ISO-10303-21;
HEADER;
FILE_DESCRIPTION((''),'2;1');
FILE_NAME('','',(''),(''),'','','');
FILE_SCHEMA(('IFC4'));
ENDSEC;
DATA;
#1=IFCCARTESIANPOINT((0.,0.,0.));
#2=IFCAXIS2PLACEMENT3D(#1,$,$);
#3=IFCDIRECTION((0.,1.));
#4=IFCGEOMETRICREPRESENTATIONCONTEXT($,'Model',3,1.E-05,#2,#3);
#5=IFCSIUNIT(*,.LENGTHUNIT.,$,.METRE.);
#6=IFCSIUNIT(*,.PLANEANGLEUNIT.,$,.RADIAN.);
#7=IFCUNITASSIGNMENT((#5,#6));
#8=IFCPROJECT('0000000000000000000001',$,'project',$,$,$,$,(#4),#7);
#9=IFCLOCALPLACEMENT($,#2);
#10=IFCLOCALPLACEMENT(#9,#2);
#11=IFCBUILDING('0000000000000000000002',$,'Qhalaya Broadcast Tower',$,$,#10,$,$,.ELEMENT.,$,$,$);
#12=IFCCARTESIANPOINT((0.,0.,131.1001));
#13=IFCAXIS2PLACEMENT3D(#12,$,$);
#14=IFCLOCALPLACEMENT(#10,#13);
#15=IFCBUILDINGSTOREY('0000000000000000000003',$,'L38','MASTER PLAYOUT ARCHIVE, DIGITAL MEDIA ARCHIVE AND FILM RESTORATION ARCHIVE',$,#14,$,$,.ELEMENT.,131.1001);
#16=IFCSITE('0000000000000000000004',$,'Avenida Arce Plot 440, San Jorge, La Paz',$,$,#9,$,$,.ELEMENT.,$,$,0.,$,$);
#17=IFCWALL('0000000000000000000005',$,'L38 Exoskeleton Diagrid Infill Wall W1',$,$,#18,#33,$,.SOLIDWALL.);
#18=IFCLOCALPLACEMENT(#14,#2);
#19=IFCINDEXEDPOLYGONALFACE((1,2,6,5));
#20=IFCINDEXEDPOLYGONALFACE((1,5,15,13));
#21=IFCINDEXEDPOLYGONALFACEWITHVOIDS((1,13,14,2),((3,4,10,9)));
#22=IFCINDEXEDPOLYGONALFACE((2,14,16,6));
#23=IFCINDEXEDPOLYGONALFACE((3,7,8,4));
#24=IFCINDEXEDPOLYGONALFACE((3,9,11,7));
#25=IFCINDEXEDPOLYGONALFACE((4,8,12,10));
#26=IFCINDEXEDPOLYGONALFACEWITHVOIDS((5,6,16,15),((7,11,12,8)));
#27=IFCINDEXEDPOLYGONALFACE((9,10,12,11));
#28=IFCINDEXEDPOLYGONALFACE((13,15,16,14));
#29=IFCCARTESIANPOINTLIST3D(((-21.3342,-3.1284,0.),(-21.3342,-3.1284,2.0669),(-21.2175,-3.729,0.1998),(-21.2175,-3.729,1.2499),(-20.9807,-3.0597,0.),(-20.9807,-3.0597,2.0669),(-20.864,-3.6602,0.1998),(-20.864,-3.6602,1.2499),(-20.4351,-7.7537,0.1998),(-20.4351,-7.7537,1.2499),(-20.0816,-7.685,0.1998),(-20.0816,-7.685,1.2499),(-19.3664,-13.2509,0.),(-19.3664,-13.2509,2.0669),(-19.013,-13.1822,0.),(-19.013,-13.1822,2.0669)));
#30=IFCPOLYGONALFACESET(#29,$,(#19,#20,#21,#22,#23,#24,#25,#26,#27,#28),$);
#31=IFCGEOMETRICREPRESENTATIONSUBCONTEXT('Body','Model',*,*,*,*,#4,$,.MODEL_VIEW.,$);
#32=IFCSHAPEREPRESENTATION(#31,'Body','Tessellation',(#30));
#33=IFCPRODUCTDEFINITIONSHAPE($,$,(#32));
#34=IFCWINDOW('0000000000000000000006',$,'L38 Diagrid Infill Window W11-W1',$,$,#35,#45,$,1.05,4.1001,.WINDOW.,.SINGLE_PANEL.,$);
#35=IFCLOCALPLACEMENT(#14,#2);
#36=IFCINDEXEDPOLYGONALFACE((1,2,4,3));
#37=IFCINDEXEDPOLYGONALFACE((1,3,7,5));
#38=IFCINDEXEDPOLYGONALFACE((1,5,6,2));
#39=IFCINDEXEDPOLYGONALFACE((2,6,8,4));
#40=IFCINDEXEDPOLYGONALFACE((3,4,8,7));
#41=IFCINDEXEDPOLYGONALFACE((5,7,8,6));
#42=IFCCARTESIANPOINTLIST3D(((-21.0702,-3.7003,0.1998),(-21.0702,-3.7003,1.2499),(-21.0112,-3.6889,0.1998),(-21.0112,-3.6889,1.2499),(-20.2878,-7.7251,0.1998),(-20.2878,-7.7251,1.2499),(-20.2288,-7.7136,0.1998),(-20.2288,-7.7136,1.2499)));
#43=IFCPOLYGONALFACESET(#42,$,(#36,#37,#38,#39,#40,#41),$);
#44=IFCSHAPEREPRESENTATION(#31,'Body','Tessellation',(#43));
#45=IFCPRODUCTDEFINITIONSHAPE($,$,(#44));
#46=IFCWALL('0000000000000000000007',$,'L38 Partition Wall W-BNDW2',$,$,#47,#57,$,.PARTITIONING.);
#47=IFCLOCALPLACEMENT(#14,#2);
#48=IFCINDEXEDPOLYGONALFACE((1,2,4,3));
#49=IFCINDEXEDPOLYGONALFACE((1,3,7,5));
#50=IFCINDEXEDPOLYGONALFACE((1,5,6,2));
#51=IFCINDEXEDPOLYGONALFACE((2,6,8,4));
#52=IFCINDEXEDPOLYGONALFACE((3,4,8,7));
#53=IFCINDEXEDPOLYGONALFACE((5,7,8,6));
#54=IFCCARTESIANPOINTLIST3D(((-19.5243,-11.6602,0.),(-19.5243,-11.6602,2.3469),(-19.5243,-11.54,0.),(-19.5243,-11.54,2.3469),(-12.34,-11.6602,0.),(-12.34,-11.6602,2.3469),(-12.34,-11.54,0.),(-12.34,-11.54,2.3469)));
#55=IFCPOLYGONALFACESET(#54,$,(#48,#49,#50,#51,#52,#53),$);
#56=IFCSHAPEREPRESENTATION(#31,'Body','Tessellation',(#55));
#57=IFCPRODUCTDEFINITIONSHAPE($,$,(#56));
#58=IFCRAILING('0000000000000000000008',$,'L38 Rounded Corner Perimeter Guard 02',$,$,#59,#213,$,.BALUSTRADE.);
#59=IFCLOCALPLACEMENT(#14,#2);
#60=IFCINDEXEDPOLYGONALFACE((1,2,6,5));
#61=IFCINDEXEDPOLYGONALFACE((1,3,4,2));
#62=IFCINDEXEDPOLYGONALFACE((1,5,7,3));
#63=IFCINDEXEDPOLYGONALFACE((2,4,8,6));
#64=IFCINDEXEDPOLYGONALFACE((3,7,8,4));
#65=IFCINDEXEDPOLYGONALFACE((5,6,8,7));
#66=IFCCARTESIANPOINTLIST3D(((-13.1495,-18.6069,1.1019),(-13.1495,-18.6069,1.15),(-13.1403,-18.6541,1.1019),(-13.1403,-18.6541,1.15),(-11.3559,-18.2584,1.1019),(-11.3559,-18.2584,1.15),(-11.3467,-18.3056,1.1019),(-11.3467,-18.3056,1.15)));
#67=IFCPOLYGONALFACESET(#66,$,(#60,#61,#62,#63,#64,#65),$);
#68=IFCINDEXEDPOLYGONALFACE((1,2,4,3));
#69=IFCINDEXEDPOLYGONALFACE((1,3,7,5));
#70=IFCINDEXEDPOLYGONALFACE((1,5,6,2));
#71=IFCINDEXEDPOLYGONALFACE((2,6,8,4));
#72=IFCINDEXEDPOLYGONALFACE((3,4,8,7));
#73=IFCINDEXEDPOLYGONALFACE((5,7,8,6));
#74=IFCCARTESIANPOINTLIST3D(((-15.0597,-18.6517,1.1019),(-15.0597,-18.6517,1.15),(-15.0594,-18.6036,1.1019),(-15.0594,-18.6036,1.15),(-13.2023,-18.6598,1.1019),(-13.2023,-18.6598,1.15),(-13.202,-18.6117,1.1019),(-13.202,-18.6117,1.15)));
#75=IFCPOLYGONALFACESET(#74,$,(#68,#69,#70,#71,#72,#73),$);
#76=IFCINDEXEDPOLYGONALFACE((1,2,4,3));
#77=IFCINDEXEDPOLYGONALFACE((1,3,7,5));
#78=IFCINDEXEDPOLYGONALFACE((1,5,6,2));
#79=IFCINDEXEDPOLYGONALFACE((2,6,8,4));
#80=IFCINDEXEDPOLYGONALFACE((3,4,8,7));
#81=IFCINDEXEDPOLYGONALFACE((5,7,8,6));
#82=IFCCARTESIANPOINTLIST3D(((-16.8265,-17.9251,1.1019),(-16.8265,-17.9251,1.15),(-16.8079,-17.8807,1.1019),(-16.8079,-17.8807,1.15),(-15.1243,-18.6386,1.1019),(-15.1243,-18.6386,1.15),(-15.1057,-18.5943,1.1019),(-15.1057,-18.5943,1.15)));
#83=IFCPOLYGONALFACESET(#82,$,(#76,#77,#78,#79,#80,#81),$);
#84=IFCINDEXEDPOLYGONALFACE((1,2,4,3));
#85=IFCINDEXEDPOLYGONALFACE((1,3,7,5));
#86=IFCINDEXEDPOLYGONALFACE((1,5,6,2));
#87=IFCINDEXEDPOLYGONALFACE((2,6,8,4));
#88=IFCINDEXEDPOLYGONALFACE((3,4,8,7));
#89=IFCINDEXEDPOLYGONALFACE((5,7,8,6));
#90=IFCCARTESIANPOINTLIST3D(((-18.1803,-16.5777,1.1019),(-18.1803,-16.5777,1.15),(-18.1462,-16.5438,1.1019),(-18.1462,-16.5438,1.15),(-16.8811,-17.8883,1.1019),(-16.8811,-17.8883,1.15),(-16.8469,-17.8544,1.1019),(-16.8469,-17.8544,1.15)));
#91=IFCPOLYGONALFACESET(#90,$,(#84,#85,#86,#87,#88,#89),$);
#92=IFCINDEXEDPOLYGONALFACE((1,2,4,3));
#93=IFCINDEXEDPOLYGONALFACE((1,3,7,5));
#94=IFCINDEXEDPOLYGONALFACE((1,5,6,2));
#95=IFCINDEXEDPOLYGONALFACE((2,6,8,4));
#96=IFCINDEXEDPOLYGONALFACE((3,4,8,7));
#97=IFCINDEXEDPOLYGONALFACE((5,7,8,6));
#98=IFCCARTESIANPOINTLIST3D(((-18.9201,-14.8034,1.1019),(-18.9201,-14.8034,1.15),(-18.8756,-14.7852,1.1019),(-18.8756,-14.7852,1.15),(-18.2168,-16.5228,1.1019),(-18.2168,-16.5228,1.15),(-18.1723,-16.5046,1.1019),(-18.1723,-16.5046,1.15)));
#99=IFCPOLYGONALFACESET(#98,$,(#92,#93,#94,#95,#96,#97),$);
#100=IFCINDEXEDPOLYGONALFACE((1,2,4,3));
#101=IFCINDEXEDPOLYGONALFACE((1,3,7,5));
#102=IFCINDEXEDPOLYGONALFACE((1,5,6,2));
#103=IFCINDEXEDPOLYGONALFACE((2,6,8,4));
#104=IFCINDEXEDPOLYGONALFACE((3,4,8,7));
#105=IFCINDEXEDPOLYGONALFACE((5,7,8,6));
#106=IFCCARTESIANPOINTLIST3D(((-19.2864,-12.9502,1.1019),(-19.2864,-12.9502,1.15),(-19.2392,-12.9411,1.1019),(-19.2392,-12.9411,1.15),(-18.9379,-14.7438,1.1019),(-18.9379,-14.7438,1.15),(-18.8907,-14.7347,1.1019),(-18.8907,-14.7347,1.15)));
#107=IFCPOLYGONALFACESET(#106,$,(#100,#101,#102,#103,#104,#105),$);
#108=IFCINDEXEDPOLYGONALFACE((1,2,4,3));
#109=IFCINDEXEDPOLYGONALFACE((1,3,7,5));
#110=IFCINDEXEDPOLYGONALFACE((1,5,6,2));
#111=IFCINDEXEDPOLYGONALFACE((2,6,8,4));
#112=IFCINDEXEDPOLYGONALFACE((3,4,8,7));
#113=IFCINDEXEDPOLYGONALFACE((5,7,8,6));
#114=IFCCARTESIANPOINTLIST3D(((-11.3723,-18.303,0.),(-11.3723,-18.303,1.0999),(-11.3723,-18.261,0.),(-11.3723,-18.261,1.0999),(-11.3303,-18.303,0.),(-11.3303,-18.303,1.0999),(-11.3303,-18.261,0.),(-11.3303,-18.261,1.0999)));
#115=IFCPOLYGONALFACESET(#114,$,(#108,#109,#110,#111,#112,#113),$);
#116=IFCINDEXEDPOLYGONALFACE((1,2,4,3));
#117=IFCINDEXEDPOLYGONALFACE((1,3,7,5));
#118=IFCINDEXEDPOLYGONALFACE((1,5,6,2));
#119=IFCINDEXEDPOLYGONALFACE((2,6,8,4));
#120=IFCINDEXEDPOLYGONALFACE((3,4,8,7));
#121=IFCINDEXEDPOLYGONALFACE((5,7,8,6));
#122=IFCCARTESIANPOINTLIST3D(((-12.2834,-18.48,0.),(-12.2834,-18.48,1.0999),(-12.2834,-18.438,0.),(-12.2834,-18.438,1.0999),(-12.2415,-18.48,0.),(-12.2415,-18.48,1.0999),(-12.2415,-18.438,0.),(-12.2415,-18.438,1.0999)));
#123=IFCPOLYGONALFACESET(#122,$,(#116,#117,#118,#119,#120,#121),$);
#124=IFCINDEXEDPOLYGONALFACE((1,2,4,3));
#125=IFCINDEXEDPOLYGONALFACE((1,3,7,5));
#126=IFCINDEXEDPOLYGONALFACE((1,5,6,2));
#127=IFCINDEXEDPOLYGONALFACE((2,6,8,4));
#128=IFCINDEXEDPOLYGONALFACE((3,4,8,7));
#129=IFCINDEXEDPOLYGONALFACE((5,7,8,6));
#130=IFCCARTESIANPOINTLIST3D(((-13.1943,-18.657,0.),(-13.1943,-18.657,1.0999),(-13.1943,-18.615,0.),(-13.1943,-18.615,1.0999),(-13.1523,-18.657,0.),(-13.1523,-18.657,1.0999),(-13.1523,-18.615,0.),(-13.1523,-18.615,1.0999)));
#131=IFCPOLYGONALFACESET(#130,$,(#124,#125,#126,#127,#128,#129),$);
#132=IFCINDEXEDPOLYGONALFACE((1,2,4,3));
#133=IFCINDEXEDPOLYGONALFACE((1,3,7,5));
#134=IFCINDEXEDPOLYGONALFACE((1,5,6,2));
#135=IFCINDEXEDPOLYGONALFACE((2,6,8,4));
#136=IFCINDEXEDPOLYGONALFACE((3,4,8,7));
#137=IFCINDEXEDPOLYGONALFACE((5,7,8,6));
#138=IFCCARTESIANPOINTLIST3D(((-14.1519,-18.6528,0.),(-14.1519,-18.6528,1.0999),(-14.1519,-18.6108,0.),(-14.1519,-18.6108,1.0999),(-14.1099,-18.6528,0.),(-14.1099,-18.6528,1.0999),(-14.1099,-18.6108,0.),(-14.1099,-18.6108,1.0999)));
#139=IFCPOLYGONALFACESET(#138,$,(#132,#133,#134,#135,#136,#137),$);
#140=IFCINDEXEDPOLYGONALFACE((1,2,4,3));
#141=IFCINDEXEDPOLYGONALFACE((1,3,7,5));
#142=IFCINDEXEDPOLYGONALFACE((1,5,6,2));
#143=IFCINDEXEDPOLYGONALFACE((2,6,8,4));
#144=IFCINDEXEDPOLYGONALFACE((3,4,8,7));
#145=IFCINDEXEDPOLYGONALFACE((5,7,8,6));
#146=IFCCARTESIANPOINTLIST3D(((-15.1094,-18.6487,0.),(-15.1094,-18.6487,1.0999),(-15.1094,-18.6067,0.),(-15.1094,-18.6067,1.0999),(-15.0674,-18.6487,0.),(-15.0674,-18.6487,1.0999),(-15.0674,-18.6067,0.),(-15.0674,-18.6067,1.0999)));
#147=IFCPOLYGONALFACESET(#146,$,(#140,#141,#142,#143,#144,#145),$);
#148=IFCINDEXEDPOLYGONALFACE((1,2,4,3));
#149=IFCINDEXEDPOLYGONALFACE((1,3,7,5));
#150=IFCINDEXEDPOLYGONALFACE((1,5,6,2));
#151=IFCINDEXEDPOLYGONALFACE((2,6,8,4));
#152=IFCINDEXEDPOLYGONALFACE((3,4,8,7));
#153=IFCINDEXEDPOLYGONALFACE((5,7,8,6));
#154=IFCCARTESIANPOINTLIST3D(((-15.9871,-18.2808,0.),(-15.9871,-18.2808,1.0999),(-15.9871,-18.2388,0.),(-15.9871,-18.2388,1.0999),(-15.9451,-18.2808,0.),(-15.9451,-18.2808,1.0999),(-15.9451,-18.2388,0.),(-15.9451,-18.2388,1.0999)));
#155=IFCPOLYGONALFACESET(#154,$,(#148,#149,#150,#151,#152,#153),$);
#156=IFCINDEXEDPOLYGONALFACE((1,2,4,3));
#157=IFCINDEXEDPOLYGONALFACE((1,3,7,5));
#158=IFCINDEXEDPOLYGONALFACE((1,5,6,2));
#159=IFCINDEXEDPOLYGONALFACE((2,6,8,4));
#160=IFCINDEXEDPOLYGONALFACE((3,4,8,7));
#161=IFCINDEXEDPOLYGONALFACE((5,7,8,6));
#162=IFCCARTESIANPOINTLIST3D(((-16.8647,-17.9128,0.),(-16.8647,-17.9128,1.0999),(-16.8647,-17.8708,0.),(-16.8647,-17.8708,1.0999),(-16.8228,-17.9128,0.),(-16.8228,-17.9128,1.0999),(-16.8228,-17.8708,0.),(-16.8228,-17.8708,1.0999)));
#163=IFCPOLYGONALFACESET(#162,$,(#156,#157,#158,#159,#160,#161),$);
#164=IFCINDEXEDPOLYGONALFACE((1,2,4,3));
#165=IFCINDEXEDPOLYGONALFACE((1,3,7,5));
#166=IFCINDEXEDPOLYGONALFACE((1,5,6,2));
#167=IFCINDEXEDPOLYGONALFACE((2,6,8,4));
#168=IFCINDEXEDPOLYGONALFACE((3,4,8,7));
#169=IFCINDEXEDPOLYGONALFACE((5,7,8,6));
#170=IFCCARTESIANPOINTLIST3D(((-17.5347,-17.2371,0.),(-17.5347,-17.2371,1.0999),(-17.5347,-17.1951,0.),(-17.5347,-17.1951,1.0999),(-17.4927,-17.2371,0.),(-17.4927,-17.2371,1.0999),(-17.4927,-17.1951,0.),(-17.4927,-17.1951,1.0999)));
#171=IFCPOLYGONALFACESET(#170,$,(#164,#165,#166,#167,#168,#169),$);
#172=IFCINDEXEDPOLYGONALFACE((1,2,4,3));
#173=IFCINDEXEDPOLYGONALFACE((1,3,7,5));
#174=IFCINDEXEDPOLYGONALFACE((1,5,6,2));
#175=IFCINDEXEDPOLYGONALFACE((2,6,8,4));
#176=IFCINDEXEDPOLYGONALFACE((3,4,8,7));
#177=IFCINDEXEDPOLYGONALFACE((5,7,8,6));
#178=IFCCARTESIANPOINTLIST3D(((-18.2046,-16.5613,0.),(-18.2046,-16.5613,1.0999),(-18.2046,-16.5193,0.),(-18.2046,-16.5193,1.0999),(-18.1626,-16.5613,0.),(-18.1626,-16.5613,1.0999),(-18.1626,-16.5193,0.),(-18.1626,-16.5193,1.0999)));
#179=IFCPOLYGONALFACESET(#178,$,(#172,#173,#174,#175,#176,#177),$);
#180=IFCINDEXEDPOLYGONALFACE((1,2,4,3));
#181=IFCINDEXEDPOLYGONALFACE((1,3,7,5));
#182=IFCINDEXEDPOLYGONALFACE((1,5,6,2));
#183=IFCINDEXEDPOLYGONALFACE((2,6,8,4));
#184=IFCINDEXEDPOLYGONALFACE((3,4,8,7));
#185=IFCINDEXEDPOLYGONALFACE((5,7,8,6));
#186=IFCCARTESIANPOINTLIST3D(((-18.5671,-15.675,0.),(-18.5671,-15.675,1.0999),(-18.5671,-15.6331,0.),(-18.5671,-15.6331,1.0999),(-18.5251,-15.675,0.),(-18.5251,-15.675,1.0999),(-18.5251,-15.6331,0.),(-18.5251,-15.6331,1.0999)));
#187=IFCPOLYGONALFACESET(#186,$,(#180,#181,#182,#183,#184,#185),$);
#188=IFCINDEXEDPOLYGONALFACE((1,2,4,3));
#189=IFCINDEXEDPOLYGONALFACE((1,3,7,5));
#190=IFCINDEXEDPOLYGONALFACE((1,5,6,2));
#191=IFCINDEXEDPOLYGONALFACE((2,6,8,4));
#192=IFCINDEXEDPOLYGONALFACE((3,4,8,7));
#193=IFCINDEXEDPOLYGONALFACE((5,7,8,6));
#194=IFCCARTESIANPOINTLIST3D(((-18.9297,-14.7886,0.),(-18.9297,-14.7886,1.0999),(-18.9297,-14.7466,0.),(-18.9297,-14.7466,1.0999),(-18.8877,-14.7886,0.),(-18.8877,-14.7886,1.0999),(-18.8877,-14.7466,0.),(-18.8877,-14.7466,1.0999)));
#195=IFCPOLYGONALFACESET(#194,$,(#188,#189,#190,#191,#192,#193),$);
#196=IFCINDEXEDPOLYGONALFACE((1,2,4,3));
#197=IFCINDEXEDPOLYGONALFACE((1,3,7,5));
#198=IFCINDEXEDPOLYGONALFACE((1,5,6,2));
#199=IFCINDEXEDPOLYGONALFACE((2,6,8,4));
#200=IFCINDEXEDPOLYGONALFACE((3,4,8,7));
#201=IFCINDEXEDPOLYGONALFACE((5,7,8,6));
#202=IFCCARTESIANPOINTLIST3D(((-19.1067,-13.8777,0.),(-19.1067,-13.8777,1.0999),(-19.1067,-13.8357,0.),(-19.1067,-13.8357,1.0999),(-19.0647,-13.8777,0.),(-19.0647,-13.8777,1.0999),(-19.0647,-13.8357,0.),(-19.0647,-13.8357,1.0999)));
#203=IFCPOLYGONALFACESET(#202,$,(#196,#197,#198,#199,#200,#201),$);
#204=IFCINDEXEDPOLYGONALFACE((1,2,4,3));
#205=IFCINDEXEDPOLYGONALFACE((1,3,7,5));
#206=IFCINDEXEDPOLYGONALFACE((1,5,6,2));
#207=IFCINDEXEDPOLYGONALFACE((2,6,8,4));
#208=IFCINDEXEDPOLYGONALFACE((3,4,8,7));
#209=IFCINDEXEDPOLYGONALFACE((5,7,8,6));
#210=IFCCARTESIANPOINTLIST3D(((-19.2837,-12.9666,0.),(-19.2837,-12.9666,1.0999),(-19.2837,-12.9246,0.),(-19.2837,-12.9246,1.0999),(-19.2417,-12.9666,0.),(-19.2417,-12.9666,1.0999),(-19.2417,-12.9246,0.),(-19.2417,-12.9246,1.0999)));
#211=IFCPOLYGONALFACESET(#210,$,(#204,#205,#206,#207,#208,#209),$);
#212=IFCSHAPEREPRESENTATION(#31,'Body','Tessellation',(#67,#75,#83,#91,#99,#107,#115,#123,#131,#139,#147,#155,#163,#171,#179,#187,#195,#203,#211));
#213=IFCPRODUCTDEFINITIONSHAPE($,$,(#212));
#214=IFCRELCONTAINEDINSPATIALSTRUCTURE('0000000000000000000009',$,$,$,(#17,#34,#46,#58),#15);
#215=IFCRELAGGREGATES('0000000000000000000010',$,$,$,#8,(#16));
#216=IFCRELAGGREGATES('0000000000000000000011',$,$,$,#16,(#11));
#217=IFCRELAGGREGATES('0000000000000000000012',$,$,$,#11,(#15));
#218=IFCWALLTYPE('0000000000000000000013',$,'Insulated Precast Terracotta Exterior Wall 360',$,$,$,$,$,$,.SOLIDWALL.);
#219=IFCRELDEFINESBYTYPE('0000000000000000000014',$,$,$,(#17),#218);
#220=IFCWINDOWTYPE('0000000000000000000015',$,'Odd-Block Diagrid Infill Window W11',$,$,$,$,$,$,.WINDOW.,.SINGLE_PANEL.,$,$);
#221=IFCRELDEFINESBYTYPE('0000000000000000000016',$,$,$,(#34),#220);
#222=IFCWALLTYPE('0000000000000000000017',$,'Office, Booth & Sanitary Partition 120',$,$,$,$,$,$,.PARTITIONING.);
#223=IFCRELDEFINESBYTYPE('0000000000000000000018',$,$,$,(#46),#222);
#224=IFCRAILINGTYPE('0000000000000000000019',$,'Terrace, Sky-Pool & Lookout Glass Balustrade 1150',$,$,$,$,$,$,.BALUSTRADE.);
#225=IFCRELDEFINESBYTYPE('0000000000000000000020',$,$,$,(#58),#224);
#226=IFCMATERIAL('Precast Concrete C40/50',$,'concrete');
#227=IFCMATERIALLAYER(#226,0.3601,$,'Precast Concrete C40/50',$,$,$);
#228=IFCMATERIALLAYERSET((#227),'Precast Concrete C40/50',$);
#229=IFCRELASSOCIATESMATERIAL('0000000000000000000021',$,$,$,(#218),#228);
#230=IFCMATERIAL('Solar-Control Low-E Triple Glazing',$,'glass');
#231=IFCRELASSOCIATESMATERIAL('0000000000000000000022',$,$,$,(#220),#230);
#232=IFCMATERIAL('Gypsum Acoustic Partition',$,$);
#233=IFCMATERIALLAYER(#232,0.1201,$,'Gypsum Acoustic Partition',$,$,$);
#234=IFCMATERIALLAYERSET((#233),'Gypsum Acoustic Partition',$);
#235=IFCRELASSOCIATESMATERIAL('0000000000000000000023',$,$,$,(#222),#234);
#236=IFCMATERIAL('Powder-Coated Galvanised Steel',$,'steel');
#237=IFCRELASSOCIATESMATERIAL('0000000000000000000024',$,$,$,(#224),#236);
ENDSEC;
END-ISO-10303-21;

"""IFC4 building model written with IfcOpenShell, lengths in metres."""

from ifc_helpers import new_model, si_unit, direction, frame, frame_2d, origin, origin_2d, place, context, subcontext, project, spatial, rectangle, extrude, material, layer, layer_set, type_object, element, fill, save


model = new_model("IFC4")

# Units and contexts
model_context = context("Model", 3, precision=1e-05, world=origin(), true_north=direction((0.0, 1.0)))
body_context = subcontext(model_context, "Body", "Model", "MODEL_VIEW")
ifc_project = project(units=[si_unit("LENGTHUNIT", "METRE"), si_unit("PLANEANGLEUNIT", "RADIAN")], contexts=[model_context])

# Site, building, storey
site_placement = place(None, origin())
site = spatial("IfcSite", under=ifc_project, at=site_placement, Name="Avenida Arce Plot 440, San Jorge, La Paz", CompositionType="ELEMENT", RefElevation=0.0)
building_placement = place(site_placement, origin())
building = spatial("IfcBuilding", under=site, at=building_placement, Name="Qhalaya Broadcast Tower", CompositionType="ELEMENT")
storey_placement = place(building_placement, frame((0.0, 0.0, 131.1001)))
storey = spatial("IfcBuildingStorey", under=building, at=storey_placement, Name="L38", Description="MASTER PLAYOUT ARCHIVE, DIGITAL MEDIA ARCHIVE AND FILM RESTORATION ARCHIVE", CompositionType="ELEMENT", Elevation=131.1001)

# Shared definitions
ifc_material_1 = material(Name="Gypsum Acoustic Partition")

# Wall, opening, window
ifc_material_2 = material(Name="Precast Concrete C40/50", Category="concrete")
ifc_layer_1 = layer(ifc_material_2, 0.3601, Name="Precast Concrete C40/50")
ifc_layer_set_1 = layer_set([ifc_layer_1], Name="Precast Concrete C40/50")
wall_type_1 = type_object("IfcWallType", Name="Insulated Precast Terracotta Exterior Wall 360", PredefinedType="SOLIDWALL", material=ifc_layer_set_1)
wall_1_placement = place(storey_placement, frame((-19.1897, -13.2166, 0.0), z_axis=(0.0, 0.0, 1.0), x_axis=(-0.190823, 0.981625, 0.0)))
wall_1 = element("IfcWall", 1, at=wall_1_placement, inside=storey, type_object=wall_type_1, Name="L38 Exoskeleton Diagrid Infill Wall W1", PredefinedType="SOLIDWALL", context=body_context, shape_type="SweptSolid", body=[
    extrude(rectangle(XDim=10.312, YDim=0.3601, at=frame_2d((5.156, 0.0))), origin(), (0.0, 0.0, 1.0), 2.0669),
])
opening_1_placement = place(wall_1_placement, frame((5.6001, 0.0, 0.2)))
opening_1 = element("IfcOpeningElement", 2, at=opening_1_placement, cuts=wall_1, PredefinedType="OPENING", context=body_context, shape_type="SweptSolid", body=[
    extrude(rectangle(XDim=4.1001, YDim=1.05, at=frame_2d((2.05, 0.5249))), frame((0.0, 0.1921, 0.0), z_axis=(0.0, -1.0, 0.0), x_axis=(1.0, 0.0, 0.0)), (0.0, 0.0, 1.0), 0.384),
])
ifc_material_3 = material(Name="Solar-Control Low-E Triple Glazing", Category="glass")
window_type = type_object("IfcWindowType", Name="Odd-Block Diagrid Infill Window W11", PartitioningType="SINGLE_PANEL", PredefinedType="WINDOW", material=ifc_material_3)
window_placement = place(opening_1_placement, origin())
window = element("IfcWindow", 3, at=window_placement, inside=storey, type_object=window_type, Name="L38 Diagrid Infill Window W11-W1", OverallHeight=1.05, OverallWidth=4.1001, PartitioningType="SINGLE_PANEL", PredefinedType="WINDOW", context=body_context, shape_type="SweptSolid", body=[
    extrude(rectangle(XDim=4.1001, YDim=1.05, at=frame_2d((2.05, 0.5249))), frame((0.0, 0.03, 0.0), z_axis=(0.0, -1.0, 0.0), x_axis=(1.0, 0.0, 0.0)), (0.0, 0.0, 1.0), 0.0601),
])
fill(opening_1, window)

# Wall
ifc_layer_2 = layer(ifc_material_1, 0.1201, Name="Gypsum Acoustic Partition")
ifc_layer_set_2 = layer_set([ifc_layer_2], Name="Gypsum Acoustic Partition")
wall_type_2 = type_object("IfcWallType", Name="Office, Booth & Sanitary Partition 120", PredefinedType="PARTITIONING", material=ifc_layer_set_2)
wall_2_placement = place(storey_placement, frame((-19.5244, -11.6001, 0.0), z_axis=(0.0, 0.0, 1.0), x_axis=(1.0, 0.0, 0.0)))
element("IfcWall", 4, at=wall_2_placement, inside=storey, type_object=wall_type_2, Name="L38 Partition Wall W-BNDW2", PredefinedType="PARTITIONING", context=body_context, shape_type="SweptSolid", body=[
    extrude(rectangle(XDim=7.1843, YDim=0.1201, at=frame_2d((3.5923, 0.0))), origin(), (0.0, 0.0, 1.0), 2.3469),
])

# Railing
ifc_material_4 = material(Name="Powder-Coated Galvanised Steel", Category="steel")
railing_type = type_object("IfcRailingType", Name="Terrace, Sky-Pool & Lookout Glass Balustrade 1150", PredefinedType="BALUSTRADE", material=ifc_material_4)
railing_placement = place(storey_placement, frame((-11.3513, -18.282, 0.0)))
element("IfcRailing", 5, at=railing_placement, inside=storey, type_object=railing_type, Name="L38 Rounded Corner Perimeter Guard 02", PredefinedType="BALUSTRADE", context=body_context, shape_type="SweptSolid", body=[
    extrude(rectangle(XDim=0.0481, YDim=0.0481, at=origin_2d()), frame((0.0, 0.0, 1.126), z_axis=(-0.981643, -0.190725, 0.0), x_axis=(0.190725, -0.981643, 0.0)), (0.0, 0.0, 1.0), 1.8271),
    extrude(rectangle(XDim=0.0481, YDim=0.0481, at=origin_2d()), frame((-1.8508, -0.3538, 1.126), z_axis=(-0.999991, 0.004334, 0.0), x_axis=(-0.004334, -0.999991, 0.0)), (0.0, 0.0, 1.0), 1.8574),
    extrude(rectangle(XDim=0.0481, YDim=0.0481, at=origin_2d()), frame((-3.7637, -0.3345, 1.126), z_axis=(-0.922247, 0.3866, 0.0), x_axis=(-0.3866, -0.922247, 0.0)), (0.0, 0.0, 1.0), 1.8457),
    extrude(rectangle(XDim=0.0481, YDim=0.0481, at=origin_2d()), frame((-5.5127, 0.4106, 1.126), z_axis=(-0.704021, 0.710179, 0.0), x_axis=(-0.710179, -0.704021, 0.0)), (0.0, 0.0, 1.0), 1.8455),
    extrude(rectangle(XDim=0.0481, YDim=0.0481, at=origin_2d()), frame((-6.8433, 1.7683, 1.126), z_axis=(-0.378588, 0.925565, 0.0), x_axis=(-0.925565, -0.378588, 0.0)), (0.0, 0.0, 1.0), 1.8577),
    extrude(rectangle(XDim=0.0481, YDim=0.0481, at=origin_2d()), frame((-7.563, 3.5427, 1.126), z_axis=(-0.190725, 0.981643, 0.0), x_axis=(-0.981643, -0.190725, 0.0)), (0.0, 0.0, 1.0), 1.8271),
    extrude(rectangle(XDim=0.042, YDim=0.042, at=origin_2d()), origin(), (0.0, 0.0, 1.0), 1.0999),
    extrude(rectangle(XDim=0.042, YDim=0.042, at=origin_2d()), frame((-0.9111, -0.177, 0.0)), (0.0, 0.0, 1.0), 1.0999),
    extrude(rectangle(XDim=0.042, YDim=0.042, at=origin_2d()), frame((-1.822, -0.354, 0.0)), (0.0, 0.0, 1.0), 1.0999),
    extrude(rectangle(XDim=0.042, YDim=0.042, at=origin_2d()), frame((-2.7795, -0.3499, 0.0)), (0.0, 0.0, 1.0), 1.0999),
    extrude(rectangle(XDim=0.042, YDim=0.042, at=origin_2d()), frame((-3.7371, -0.3457, 0.0)), (0.0, 0.0, 1.0), 1.0999),
    extrude(rectangle(XDim=0.042, YDim=0.042, at=origin_2d()), frame((-4.6147, 0.0222, 0.0)), (0.0, 0.0, 1.0), 1.0999),
    extrude(rectangle(XDim=0.042, YDim=0.042, at=origin_2d()), frame((-5.4924, 0.3901, 0.0)), (0.0, 0.0, 1.0), 1.0999),
    extrude(rectangle(XDim=0.042, YDim=0.042, at=origin_2d()), frame((-6.1624, 1.0659, 0.0)), (0.0, 0.0, 1.0), 1.0999),
    extrude(rectangle(XDim=0.042, YDim=0.042, at=origin_2d()), frame((-6.8323, 1.7417, 0.0)), (0.0, 0.0, 1.0), 1.0999),
    extrude(rectangle(XDim=0.042, YDim=0.042, at=origin_2d()), frame((-7.1948, 2.6279, 0.0)), (0.0, 0.0, 1.0), 1.0999),
    extrude(rectangle(XDim=0.042, YDim=0.042, at=origin_2d()), frame((-7.5574, 3.5144, 0.0)), (0.0, 0.0, 1.0), 1.0999),
    extrude(rectangle(XDim=0.042, YDim=0.042, at=origin_2d()), frame((-7.7344, 4.4253, 0.0)), (0.0, 0.0, 1.0), 1.0999),
    extrude(rectangle(XDim=0.042, YDim=0.042, at=origin_2d()), frame((-7.9114, 5.3364, 0.0)), (0.0, 0.0, 1.0), 1.0999),
])

save(model, "model.ifc")
